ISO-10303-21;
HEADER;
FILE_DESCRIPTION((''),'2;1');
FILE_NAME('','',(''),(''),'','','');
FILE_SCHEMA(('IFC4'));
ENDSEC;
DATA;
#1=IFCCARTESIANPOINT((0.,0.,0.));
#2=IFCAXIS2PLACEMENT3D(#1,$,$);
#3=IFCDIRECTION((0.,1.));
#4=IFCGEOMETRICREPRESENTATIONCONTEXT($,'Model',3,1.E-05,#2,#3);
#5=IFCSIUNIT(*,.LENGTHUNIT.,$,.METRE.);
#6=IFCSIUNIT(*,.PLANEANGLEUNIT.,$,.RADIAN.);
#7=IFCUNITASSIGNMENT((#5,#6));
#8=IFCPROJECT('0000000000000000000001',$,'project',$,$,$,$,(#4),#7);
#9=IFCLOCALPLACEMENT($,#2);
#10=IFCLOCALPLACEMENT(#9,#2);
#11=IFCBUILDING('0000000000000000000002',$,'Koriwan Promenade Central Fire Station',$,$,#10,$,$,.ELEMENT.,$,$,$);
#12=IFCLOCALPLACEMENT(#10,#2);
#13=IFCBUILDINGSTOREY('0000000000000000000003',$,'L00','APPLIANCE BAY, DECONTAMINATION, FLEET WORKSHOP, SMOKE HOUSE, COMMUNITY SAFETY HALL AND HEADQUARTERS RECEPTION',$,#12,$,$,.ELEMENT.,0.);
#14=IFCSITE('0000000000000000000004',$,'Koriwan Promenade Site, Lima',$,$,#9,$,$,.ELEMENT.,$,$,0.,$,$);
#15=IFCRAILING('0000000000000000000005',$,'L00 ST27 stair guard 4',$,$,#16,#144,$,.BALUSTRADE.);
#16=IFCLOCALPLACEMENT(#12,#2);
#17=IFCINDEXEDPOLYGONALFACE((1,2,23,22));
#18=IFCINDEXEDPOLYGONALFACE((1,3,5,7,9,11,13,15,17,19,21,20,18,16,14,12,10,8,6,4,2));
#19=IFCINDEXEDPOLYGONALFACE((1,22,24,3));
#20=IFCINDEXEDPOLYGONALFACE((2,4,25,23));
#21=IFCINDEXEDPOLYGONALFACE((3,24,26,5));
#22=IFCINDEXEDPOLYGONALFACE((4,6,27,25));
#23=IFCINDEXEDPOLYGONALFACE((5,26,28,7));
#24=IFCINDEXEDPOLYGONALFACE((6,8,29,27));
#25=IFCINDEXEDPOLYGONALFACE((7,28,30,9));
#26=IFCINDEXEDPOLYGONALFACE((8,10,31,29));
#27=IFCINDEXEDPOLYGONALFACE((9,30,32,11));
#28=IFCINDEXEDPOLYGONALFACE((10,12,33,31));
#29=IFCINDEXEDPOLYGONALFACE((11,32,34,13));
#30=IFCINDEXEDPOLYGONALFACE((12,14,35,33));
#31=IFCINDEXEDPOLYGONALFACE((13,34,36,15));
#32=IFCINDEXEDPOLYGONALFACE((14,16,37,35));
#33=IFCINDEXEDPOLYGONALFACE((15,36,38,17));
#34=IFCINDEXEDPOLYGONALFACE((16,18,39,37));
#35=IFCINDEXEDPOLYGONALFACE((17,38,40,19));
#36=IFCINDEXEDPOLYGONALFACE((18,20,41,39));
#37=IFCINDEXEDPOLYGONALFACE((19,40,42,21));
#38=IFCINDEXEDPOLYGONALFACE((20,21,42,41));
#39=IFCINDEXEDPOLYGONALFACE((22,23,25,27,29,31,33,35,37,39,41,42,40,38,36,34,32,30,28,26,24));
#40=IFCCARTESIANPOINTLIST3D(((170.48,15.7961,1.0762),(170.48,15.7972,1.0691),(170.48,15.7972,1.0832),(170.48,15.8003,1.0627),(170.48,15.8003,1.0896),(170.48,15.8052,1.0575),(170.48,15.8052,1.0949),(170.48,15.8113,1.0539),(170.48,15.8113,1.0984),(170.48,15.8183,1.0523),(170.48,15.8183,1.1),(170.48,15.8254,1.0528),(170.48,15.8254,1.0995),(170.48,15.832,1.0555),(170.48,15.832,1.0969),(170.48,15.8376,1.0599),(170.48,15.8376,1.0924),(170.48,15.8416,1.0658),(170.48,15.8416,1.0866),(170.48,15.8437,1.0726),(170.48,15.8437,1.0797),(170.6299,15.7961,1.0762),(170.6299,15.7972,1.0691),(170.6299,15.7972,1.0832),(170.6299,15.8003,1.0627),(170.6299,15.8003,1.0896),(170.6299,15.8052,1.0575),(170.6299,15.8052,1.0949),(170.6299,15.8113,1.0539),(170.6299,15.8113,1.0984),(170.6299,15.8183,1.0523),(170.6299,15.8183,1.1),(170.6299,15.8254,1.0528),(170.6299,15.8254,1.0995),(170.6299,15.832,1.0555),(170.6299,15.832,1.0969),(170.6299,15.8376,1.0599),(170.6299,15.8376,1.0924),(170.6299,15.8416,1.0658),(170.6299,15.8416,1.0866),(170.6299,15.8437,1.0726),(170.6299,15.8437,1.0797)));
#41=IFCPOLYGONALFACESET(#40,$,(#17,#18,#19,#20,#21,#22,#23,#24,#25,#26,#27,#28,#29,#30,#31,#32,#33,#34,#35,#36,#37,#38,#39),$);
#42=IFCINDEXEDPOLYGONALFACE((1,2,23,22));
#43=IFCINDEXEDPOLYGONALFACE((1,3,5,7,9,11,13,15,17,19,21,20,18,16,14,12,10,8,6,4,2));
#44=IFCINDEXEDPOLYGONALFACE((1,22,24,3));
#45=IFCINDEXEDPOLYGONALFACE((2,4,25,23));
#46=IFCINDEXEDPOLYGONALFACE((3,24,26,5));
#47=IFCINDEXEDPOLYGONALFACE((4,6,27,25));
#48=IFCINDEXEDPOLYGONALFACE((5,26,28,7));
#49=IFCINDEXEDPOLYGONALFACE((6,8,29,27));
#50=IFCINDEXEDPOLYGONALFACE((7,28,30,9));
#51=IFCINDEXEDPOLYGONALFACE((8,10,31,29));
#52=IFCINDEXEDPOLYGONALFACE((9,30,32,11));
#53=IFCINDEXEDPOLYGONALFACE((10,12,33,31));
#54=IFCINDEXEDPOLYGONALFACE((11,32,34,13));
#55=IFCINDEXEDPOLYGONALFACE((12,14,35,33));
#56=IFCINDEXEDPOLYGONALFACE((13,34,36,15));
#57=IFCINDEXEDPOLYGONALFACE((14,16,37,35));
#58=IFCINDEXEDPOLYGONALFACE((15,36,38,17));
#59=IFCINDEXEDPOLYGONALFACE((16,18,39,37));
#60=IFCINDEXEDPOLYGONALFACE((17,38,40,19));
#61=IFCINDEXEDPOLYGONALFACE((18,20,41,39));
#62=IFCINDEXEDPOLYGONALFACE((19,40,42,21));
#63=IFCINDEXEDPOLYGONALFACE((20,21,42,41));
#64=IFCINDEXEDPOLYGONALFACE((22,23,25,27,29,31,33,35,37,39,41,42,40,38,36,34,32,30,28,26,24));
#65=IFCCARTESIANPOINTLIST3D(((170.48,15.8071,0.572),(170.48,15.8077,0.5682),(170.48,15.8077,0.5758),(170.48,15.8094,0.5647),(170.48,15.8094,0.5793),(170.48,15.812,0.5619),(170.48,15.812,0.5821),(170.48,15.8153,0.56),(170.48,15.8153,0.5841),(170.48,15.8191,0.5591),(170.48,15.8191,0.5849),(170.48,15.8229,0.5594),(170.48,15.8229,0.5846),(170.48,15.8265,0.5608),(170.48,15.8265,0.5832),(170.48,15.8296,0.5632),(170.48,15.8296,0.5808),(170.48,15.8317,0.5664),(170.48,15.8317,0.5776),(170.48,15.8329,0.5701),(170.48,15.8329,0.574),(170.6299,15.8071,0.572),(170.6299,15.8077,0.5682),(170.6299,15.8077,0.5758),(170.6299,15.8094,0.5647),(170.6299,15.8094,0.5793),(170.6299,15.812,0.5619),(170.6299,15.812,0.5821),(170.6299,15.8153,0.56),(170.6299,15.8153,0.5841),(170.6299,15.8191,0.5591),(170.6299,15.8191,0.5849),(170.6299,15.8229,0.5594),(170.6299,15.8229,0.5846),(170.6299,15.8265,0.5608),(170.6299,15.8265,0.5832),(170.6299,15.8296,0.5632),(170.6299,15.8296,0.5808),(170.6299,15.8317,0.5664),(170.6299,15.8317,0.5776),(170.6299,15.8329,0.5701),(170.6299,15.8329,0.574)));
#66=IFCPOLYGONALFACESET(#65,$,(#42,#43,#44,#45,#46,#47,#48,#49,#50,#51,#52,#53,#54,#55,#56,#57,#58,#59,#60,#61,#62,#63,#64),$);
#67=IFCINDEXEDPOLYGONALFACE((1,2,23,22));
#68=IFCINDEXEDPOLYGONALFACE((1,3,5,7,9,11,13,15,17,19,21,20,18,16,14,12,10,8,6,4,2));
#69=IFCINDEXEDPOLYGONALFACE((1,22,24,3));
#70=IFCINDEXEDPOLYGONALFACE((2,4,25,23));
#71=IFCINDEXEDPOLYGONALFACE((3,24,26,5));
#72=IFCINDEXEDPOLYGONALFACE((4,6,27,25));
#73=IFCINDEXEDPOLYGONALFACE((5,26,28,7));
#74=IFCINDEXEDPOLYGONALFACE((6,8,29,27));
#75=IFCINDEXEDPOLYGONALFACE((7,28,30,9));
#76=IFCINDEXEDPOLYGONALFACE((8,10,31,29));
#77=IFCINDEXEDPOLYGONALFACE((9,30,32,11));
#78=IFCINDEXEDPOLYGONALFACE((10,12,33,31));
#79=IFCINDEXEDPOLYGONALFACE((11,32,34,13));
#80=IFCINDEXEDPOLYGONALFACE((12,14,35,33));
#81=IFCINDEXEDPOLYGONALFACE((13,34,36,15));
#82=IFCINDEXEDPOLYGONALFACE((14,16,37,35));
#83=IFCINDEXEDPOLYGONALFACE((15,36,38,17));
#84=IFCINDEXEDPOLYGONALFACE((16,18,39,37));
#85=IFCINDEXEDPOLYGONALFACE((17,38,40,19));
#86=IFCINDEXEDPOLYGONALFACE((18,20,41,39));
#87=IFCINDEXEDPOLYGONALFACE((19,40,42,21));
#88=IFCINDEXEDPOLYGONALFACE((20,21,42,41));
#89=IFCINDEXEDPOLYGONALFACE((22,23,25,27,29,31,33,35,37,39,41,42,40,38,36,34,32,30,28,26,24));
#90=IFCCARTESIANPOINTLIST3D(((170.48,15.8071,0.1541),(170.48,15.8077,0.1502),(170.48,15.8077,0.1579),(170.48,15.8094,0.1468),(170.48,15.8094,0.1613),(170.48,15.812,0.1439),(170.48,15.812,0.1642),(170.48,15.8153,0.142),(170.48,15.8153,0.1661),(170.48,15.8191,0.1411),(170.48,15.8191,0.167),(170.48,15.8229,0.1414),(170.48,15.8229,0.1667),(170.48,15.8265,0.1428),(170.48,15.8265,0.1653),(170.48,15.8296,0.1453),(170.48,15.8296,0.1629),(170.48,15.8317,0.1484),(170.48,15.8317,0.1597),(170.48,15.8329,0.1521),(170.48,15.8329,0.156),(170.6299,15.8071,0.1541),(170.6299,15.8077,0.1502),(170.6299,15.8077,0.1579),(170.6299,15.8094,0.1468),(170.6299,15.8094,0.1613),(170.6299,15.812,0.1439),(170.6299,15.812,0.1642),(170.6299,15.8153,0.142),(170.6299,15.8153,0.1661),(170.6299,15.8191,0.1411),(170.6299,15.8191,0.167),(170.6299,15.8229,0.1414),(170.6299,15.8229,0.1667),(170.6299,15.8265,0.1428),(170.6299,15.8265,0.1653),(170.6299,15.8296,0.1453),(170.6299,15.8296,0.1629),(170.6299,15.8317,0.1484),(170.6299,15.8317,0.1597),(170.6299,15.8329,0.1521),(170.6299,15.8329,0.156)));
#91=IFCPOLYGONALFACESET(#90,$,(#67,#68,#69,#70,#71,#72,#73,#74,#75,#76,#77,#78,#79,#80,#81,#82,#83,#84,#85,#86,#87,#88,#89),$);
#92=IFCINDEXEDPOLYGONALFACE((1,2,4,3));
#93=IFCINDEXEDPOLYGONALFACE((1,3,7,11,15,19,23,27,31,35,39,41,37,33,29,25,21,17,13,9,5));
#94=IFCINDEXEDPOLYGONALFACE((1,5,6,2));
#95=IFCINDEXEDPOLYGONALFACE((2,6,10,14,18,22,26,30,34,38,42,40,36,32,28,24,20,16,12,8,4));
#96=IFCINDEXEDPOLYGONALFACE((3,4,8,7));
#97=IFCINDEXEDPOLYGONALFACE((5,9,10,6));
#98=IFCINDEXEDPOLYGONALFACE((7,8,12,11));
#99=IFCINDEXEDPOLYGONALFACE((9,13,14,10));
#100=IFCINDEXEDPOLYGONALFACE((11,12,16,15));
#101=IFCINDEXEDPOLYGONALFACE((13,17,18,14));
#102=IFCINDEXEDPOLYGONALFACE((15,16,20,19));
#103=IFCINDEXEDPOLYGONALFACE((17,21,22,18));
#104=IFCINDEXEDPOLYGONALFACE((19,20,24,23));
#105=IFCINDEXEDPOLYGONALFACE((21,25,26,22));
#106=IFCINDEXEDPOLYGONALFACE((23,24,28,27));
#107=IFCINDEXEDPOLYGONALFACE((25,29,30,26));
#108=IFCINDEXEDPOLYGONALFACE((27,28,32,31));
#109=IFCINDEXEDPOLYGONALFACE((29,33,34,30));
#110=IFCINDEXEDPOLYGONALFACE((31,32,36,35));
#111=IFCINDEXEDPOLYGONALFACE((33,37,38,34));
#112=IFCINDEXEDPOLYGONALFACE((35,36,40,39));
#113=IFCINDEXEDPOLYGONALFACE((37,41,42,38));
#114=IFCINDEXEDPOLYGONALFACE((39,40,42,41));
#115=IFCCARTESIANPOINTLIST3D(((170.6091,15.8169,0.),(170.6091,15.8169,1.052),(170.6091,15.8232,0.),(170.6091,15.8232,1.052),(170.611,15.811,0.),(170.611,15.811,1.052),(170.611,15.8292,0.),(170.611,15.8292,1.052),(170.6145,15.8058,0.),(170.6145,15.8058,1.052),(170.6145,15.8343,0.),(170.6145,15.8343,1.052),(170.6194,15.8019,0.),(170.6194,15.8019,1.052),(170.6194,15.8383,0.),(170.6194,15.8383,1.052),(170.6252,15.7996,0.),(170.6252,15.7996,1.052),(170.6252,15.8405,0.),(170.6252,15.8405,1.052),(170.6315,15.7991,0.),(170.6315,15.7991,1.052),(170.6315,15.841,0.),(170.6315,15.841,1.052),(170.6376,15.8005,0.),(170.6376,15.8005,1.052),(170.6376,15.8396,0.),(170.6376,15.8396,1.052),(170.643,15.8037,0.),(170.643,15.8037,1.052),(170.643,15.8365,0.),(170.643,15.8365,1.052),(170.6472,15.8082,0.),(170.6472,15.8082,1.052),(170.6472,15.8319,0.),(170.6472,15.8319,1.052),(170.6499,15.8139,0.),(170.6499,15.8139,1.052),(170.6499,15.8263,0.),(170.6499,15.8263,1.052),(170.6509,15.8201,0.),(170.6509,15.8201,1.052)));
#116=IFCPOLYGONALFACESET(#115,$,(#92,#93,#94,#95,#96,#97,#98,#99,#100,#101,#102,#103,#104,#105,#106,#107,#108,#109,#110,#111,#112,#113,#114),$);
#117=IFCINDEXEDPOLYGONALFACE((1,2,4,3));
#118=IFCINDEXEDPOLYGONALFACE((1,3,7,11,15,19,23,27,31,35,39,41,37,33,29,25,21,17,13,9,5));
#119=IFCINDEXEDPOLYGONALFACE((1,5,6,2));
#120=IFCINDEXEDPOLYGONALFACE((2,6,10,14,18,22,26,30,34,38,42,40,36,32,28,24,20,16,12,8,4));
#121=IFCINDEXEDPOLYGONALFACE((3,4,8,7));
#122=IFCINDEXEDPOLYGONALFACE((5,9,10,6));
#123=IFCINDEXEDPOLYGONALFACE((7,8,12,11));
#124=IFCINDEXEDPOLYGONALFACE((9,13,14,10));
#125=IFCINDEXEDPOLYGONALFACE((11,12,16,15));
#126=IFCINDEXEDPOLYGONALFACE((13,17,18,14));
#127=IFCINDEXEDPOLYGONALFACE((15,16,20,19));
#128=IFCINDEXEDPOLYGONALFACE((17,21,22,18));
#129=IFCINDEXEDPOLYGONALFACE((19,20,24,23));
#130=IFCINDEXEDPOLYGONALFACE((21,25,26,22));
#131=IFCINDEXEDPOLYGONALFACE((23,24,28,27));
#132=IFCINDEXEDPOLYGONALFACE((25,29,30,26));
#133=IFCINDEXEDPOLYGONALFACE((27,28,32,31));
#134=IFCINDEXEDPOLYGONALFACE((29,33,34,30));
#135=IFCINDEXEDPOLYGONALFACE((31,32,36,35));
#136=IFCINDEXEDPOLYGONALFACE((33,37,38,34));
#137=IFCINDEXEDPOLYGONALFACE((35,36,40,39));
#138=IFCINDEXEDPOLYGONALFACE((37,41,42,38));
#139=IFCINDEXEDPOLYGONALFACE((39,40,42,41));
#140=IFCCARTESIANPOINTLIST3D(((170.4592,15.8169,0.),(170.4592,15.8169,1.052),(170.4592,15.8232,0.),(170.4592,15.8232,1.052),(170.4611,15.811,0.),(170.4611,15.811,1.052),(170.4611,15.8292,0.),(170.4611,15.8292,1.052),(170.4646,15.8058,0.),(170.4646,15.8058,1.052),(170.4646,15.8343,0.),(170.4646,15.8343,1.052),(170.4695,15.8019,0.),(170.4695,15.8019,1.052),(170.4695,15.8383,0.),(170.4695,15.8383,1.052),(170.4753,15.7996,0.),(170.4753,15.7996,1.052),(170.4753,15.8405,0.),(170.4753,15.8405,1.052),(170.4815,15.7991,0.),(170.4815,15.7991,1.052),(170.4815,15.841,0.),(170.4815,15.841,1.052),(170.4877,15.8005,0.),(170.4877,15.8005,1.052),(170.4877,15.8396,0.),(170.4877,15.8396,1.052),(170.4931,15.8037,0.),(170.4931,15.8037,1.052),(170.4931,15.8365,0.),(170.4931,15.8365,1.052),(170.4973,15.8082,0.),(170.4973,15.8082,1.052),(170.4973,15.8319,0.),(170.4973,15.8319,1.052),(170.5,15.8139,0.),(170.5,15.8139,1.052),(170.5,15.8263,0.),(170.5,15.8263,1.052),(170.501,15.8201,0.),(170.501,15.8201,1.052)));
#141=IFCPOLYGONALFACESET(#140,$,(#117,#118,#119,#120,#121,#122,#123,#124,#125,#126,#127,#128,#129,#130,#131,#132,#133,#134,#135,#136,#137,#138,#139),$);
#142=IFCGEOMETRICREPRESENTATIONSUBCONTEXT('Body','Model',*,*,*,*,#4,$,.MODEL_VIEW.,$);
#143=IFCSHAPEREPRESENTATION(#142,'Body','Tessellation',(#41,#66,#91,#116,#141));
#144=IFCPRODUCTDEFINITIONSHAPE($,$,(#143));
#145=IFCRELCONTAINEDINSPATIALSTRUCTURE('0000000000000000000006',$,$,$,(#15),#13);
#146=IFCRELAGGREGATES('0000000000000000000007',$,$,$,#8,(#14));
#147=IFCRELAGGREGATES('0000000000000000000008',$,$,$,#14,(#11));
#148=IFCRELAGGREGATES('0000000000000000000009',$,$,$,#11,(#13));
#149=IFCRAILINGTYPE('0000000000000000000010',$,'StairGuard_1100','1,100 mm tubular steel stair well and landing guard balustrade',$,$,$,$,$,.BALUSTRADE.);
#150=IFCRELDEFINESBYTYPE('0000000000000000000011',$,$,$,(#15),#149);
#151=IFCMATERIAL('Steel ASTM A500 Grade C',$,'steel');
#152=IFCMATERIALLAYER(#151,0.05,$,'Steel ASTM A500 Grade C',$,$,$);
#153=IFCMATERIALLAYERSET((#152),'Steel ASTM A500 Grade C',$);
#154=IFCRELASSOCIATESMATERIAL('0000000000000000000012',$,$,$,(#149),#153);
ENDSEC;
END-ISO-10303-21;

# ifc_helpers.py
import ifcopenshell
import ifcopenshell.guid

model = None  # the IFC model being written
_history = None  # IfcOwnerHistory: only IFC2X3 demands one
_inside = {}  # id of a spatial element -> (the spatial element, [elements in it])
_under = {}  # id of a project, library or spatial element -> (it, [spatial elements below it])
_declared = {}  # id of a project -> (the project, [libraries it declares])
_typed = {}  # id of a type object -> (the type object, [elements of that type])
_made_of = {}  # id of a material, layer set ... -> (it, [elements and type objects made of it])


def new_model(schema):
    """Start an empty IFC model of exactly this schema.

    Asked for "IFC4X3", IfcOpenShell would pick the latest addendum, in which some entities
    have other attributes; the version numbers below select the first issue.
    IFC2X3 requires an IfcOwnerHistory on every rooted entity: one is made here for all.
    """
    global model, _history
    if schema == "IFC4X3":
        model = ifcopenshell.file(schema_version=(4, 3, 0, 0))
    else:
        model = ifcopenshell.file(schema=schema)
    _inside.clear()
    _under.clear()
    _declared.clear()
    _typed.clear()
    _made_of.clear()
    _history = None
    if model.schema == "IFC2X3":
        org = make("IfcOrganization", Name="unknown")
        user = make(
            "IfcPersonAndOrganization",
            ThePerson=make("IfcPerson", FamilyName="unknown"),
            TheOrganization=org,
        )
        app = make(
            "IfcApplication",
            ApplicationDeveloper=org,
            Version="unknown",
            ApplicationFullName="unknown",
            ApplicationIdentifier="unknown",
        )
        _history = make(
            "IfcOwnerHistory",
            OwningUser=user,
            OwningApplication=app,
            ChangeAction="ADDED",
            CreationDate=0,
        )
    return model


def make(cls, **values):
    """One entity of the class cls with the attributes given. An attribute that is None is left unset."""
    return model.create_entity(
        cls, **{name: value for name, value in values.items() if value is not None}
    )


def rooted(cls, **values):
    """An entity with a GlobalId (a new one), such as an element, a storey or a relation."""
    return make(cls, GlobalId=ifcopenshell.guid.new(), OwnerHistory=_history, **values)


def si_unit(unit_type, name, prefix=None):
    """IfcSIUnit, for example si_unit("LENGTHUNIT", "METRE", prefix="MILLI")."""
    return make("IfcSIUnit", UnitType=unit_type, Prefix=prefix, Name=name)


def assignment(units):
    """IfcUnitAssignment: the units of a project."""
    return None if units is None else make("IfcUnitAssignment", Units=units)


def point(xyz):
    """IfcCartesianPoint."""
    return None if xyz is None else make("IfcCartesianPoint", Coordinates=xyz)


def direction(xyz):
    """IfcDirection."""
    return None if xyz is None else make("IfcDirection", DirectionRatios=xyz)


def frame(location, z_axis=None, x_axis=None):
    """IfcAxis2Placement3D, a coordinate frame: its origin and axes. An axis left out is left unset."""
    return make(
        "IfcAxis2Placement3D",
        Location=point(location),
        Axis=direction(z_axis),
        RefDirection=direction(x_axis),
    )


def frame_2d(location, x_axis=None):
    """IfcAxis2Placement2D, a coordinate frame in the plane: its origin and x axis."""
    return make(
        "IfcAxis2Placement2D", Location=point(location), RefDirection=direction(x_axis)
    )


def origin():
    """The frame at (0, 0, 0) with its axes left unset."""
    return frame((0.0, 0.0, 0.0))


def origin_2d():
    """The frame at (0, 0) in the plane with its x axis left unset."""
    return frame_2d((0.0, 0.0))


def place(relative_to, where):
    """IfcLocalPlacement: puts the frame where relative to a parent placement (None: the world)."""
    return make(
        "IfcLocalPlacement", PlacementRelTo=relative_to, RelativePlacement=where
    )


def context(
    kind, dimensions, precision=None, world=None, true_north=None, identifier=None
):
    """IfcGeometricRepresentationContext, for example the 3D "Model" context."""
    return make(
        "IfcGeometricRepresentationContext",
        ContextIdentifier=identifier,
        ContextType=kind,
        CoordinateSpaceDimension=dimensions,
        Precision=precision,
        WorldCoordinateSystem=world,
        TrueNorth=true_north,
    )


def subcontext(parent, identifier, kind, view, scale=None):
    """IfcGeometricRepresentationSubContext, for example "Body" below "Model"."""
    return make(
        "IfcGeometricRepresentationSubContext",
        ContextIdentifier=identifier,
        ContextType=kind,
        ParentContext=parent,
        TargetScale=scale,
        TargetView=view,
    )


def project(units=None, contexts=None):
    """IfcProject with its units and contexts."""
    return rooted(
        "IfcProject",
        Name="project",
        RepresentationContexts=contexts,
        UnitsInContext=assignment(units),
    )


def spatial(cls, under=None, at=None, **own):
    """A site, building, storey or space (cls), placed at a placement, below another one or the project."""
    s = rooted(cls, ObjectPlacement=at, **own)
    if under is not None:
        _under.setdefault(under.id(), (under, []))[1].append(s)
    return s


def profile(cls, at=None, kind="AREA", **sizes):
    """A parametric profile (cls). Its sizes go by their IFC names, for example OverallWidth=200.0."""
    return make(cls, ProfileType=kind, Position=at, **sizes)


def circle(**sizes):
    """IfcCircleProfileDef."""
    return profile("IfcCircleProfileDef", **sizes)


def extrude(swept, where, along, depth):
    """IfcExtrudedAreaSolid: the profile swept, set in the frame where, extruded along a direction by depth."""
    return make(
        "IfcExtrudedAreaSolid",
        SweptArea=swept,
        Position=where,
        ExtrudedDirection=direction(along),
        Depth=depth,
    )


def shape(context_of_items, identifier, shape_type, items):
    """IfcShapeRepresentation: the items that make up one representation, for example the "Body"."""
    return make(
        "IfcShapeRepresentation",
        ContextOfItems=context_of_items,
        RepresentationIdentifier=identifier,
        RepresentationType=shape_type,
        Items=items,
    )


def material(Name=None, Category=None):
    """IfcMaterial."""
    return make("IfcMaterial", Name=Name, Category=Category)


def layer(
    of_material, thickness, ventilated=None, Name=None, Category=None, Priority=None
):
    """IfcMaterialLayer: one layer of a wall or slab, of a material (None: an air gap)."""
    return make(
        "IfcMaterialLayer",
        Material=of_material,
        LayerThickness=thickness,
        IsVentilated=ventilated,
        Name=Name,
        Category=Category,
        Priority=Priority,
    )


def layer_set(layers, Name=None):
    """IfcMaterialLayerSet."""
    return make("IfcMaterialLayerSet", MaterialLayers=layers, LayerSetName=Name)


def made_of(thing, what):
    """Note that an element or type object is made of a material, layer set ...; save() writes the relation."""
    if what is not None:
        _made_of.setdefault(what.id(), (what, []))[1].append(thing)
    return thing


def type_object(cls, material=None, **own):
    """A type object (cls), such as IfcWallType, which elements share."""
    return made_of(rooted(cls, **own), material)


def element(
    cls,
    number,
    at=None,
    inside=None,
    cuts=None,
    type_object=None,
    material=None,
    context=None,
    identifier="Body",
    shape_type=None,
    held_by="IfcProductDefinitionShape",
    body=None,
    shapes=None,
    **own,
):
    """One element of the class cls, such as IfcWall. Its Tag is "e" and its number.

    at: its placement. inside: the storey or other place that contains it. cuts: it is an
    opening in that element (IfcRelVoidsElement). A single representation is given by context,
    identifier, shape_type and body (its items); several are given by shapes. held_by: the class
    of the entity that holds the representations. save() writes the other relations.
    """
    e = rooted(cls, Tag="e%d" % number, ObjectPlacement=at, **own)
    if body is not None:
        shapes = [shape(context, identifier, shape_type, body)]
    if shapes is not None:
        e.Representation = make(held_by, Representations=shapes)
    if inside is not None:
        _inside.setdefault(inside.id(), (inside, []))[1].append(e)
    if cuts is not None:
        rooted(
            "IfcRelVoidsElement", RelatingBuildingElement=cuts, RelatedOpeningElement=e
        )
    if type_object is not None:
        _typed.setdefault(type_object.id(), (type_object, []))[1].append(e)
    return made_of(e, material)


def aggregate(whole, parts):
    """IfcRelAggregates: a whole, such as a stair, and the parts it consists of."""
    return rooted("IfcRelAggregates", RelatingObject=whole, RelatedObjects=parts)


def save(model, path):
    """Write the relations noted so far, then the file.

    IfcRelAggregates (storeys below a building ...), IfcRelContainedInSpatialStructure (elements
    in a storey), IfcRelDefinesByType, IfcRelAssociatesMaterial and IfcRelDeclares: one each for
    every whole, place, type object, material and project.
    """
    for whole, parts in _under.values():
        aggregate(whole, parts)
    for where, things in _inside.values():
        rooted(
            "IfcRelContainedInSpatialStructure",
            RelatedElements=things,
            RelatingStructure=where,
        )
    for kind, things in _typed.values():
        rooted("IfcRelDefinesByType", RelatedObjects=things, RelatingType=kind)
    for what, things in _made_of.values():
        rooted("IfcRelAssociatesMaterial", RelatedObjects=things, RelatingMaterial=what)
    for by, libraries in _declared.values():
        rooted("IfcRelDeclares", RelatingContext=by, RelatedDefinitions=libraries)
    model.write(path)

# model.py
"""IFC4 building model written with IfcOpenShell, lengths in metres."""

from ifc_helpers import new_model, si_unit, direction, frame, origin, origin_2d, place, context, subcontext, project, spatial, circle, extrude, material, layer, layer_set, type_object, element, save


model = new_model("IFC4")

# Units and contexts
model_context = context("Model", 3, precision=1e-05, world=origin(), true_north=direction((0.0, 1.0)))
body_context = subcontext(model_context, "Body", "Model", "MODEL_VIEW")
ifc_project = project(units=[si_unit("LENGTHUNIT", "METRE"), si_unit("PLANEANGLEUNIT", "RADIAN")], contexts=[model_context])

# Site, building, storey
site_placement = place(None, origin())
site = spatial("IfcSite", under=ifc_project, at=site_placement, Name="Koriwan Promenade Site, Lima", CompositionType="ELEMENT", RefElevation=0.0)
building_placement = place(site_placement, origin())
building = spatial("IfcBuilding", under=site, at=building_placement, Name="Koriwan Promenade Central Fire Station", CompositionType="ELEMENT")
storey_placement = place(building_placement, origin())
storey = spatial("IfcBuildingStorey", under=building, at=storey_placement, Name="L00", Description="APPLIANCE BAY, DECONTAMINATION, FLEET WORKSHOP, SMOKE HOUSE, COMMUNITY SAFETY HALL AND HEADQUARTERS RECEPTION", CompositionType="ELEMENT", Elevation=0.0)

# Railing
ifc_material_1 = material(Name="Steel ASTM A500 Grade C", Category="steel")
ifc_layer_1 = layer(ifc_material_1, 0.05, Name="Steel ASTM A500 Grade C")
ifc_layer_set_1 = layer_set([ifc_layer_1], Name="Steel ASTM A500 Grade C")
railing_type_1 = type_object("IfcRailingType", Name="StairGuard_1100", Description="1,100 mm tubular steel stair well and landing guard balustrade", PredefinedType="BALUSTRADE", material=ifc_layer_set_1)
railing_1_placement = place(storey_placement, frame((170.6299, 15.8201, 0.0)))
element("IfcRailing", 1, at=railing_1_placement, inside=storey, type_object=railing_type_1, Name="L00 ST27 stair guard 4", PredefinedType="BALUSTRADE", context=body_context, shape_type="SweptSolid", body=[
    extrude(circle(Radius=0.0239, at=origin_2d()), frame((0.0, 0.0, 1.0762), z_axis=(-1.0, 0.0, 0.0), x_axis=(0.0, -1.0, 0.0)), (0.0, 0.0, 1.0), 0.1499),
    extrude(circle(Radius=0.0129, at=origin_2d()), frame((0.0, 0.0, 0.572), z_axis=(-1.0, 0.0, 0.0), x_axis=(0.0, -1.0, 0.0)), (0.0, 0.0, 1.0), 0.1499),
    extrude(circle(Radius=0.0129, at=origin_2d()), frame((0.0, 0.0, 0.1541), z_axis=(-1.0, 0.0, 0.0), x_axis=(0.0, -1.0, 0.0)), (0.0, 0.0, 1.0), 0.1499),
    extrude(circle(Radius=0.021, at=origin_2d()), origin(), (0.0, 0.0, 1.0), 1.052),
    extrude(circle(Radius=0.021, at=origin_2d()), frame((-0.1499, 0.0, 0.0)), (0.0, 0.0, 1.0), 1.052),
])

save(model, "model.ifc")
